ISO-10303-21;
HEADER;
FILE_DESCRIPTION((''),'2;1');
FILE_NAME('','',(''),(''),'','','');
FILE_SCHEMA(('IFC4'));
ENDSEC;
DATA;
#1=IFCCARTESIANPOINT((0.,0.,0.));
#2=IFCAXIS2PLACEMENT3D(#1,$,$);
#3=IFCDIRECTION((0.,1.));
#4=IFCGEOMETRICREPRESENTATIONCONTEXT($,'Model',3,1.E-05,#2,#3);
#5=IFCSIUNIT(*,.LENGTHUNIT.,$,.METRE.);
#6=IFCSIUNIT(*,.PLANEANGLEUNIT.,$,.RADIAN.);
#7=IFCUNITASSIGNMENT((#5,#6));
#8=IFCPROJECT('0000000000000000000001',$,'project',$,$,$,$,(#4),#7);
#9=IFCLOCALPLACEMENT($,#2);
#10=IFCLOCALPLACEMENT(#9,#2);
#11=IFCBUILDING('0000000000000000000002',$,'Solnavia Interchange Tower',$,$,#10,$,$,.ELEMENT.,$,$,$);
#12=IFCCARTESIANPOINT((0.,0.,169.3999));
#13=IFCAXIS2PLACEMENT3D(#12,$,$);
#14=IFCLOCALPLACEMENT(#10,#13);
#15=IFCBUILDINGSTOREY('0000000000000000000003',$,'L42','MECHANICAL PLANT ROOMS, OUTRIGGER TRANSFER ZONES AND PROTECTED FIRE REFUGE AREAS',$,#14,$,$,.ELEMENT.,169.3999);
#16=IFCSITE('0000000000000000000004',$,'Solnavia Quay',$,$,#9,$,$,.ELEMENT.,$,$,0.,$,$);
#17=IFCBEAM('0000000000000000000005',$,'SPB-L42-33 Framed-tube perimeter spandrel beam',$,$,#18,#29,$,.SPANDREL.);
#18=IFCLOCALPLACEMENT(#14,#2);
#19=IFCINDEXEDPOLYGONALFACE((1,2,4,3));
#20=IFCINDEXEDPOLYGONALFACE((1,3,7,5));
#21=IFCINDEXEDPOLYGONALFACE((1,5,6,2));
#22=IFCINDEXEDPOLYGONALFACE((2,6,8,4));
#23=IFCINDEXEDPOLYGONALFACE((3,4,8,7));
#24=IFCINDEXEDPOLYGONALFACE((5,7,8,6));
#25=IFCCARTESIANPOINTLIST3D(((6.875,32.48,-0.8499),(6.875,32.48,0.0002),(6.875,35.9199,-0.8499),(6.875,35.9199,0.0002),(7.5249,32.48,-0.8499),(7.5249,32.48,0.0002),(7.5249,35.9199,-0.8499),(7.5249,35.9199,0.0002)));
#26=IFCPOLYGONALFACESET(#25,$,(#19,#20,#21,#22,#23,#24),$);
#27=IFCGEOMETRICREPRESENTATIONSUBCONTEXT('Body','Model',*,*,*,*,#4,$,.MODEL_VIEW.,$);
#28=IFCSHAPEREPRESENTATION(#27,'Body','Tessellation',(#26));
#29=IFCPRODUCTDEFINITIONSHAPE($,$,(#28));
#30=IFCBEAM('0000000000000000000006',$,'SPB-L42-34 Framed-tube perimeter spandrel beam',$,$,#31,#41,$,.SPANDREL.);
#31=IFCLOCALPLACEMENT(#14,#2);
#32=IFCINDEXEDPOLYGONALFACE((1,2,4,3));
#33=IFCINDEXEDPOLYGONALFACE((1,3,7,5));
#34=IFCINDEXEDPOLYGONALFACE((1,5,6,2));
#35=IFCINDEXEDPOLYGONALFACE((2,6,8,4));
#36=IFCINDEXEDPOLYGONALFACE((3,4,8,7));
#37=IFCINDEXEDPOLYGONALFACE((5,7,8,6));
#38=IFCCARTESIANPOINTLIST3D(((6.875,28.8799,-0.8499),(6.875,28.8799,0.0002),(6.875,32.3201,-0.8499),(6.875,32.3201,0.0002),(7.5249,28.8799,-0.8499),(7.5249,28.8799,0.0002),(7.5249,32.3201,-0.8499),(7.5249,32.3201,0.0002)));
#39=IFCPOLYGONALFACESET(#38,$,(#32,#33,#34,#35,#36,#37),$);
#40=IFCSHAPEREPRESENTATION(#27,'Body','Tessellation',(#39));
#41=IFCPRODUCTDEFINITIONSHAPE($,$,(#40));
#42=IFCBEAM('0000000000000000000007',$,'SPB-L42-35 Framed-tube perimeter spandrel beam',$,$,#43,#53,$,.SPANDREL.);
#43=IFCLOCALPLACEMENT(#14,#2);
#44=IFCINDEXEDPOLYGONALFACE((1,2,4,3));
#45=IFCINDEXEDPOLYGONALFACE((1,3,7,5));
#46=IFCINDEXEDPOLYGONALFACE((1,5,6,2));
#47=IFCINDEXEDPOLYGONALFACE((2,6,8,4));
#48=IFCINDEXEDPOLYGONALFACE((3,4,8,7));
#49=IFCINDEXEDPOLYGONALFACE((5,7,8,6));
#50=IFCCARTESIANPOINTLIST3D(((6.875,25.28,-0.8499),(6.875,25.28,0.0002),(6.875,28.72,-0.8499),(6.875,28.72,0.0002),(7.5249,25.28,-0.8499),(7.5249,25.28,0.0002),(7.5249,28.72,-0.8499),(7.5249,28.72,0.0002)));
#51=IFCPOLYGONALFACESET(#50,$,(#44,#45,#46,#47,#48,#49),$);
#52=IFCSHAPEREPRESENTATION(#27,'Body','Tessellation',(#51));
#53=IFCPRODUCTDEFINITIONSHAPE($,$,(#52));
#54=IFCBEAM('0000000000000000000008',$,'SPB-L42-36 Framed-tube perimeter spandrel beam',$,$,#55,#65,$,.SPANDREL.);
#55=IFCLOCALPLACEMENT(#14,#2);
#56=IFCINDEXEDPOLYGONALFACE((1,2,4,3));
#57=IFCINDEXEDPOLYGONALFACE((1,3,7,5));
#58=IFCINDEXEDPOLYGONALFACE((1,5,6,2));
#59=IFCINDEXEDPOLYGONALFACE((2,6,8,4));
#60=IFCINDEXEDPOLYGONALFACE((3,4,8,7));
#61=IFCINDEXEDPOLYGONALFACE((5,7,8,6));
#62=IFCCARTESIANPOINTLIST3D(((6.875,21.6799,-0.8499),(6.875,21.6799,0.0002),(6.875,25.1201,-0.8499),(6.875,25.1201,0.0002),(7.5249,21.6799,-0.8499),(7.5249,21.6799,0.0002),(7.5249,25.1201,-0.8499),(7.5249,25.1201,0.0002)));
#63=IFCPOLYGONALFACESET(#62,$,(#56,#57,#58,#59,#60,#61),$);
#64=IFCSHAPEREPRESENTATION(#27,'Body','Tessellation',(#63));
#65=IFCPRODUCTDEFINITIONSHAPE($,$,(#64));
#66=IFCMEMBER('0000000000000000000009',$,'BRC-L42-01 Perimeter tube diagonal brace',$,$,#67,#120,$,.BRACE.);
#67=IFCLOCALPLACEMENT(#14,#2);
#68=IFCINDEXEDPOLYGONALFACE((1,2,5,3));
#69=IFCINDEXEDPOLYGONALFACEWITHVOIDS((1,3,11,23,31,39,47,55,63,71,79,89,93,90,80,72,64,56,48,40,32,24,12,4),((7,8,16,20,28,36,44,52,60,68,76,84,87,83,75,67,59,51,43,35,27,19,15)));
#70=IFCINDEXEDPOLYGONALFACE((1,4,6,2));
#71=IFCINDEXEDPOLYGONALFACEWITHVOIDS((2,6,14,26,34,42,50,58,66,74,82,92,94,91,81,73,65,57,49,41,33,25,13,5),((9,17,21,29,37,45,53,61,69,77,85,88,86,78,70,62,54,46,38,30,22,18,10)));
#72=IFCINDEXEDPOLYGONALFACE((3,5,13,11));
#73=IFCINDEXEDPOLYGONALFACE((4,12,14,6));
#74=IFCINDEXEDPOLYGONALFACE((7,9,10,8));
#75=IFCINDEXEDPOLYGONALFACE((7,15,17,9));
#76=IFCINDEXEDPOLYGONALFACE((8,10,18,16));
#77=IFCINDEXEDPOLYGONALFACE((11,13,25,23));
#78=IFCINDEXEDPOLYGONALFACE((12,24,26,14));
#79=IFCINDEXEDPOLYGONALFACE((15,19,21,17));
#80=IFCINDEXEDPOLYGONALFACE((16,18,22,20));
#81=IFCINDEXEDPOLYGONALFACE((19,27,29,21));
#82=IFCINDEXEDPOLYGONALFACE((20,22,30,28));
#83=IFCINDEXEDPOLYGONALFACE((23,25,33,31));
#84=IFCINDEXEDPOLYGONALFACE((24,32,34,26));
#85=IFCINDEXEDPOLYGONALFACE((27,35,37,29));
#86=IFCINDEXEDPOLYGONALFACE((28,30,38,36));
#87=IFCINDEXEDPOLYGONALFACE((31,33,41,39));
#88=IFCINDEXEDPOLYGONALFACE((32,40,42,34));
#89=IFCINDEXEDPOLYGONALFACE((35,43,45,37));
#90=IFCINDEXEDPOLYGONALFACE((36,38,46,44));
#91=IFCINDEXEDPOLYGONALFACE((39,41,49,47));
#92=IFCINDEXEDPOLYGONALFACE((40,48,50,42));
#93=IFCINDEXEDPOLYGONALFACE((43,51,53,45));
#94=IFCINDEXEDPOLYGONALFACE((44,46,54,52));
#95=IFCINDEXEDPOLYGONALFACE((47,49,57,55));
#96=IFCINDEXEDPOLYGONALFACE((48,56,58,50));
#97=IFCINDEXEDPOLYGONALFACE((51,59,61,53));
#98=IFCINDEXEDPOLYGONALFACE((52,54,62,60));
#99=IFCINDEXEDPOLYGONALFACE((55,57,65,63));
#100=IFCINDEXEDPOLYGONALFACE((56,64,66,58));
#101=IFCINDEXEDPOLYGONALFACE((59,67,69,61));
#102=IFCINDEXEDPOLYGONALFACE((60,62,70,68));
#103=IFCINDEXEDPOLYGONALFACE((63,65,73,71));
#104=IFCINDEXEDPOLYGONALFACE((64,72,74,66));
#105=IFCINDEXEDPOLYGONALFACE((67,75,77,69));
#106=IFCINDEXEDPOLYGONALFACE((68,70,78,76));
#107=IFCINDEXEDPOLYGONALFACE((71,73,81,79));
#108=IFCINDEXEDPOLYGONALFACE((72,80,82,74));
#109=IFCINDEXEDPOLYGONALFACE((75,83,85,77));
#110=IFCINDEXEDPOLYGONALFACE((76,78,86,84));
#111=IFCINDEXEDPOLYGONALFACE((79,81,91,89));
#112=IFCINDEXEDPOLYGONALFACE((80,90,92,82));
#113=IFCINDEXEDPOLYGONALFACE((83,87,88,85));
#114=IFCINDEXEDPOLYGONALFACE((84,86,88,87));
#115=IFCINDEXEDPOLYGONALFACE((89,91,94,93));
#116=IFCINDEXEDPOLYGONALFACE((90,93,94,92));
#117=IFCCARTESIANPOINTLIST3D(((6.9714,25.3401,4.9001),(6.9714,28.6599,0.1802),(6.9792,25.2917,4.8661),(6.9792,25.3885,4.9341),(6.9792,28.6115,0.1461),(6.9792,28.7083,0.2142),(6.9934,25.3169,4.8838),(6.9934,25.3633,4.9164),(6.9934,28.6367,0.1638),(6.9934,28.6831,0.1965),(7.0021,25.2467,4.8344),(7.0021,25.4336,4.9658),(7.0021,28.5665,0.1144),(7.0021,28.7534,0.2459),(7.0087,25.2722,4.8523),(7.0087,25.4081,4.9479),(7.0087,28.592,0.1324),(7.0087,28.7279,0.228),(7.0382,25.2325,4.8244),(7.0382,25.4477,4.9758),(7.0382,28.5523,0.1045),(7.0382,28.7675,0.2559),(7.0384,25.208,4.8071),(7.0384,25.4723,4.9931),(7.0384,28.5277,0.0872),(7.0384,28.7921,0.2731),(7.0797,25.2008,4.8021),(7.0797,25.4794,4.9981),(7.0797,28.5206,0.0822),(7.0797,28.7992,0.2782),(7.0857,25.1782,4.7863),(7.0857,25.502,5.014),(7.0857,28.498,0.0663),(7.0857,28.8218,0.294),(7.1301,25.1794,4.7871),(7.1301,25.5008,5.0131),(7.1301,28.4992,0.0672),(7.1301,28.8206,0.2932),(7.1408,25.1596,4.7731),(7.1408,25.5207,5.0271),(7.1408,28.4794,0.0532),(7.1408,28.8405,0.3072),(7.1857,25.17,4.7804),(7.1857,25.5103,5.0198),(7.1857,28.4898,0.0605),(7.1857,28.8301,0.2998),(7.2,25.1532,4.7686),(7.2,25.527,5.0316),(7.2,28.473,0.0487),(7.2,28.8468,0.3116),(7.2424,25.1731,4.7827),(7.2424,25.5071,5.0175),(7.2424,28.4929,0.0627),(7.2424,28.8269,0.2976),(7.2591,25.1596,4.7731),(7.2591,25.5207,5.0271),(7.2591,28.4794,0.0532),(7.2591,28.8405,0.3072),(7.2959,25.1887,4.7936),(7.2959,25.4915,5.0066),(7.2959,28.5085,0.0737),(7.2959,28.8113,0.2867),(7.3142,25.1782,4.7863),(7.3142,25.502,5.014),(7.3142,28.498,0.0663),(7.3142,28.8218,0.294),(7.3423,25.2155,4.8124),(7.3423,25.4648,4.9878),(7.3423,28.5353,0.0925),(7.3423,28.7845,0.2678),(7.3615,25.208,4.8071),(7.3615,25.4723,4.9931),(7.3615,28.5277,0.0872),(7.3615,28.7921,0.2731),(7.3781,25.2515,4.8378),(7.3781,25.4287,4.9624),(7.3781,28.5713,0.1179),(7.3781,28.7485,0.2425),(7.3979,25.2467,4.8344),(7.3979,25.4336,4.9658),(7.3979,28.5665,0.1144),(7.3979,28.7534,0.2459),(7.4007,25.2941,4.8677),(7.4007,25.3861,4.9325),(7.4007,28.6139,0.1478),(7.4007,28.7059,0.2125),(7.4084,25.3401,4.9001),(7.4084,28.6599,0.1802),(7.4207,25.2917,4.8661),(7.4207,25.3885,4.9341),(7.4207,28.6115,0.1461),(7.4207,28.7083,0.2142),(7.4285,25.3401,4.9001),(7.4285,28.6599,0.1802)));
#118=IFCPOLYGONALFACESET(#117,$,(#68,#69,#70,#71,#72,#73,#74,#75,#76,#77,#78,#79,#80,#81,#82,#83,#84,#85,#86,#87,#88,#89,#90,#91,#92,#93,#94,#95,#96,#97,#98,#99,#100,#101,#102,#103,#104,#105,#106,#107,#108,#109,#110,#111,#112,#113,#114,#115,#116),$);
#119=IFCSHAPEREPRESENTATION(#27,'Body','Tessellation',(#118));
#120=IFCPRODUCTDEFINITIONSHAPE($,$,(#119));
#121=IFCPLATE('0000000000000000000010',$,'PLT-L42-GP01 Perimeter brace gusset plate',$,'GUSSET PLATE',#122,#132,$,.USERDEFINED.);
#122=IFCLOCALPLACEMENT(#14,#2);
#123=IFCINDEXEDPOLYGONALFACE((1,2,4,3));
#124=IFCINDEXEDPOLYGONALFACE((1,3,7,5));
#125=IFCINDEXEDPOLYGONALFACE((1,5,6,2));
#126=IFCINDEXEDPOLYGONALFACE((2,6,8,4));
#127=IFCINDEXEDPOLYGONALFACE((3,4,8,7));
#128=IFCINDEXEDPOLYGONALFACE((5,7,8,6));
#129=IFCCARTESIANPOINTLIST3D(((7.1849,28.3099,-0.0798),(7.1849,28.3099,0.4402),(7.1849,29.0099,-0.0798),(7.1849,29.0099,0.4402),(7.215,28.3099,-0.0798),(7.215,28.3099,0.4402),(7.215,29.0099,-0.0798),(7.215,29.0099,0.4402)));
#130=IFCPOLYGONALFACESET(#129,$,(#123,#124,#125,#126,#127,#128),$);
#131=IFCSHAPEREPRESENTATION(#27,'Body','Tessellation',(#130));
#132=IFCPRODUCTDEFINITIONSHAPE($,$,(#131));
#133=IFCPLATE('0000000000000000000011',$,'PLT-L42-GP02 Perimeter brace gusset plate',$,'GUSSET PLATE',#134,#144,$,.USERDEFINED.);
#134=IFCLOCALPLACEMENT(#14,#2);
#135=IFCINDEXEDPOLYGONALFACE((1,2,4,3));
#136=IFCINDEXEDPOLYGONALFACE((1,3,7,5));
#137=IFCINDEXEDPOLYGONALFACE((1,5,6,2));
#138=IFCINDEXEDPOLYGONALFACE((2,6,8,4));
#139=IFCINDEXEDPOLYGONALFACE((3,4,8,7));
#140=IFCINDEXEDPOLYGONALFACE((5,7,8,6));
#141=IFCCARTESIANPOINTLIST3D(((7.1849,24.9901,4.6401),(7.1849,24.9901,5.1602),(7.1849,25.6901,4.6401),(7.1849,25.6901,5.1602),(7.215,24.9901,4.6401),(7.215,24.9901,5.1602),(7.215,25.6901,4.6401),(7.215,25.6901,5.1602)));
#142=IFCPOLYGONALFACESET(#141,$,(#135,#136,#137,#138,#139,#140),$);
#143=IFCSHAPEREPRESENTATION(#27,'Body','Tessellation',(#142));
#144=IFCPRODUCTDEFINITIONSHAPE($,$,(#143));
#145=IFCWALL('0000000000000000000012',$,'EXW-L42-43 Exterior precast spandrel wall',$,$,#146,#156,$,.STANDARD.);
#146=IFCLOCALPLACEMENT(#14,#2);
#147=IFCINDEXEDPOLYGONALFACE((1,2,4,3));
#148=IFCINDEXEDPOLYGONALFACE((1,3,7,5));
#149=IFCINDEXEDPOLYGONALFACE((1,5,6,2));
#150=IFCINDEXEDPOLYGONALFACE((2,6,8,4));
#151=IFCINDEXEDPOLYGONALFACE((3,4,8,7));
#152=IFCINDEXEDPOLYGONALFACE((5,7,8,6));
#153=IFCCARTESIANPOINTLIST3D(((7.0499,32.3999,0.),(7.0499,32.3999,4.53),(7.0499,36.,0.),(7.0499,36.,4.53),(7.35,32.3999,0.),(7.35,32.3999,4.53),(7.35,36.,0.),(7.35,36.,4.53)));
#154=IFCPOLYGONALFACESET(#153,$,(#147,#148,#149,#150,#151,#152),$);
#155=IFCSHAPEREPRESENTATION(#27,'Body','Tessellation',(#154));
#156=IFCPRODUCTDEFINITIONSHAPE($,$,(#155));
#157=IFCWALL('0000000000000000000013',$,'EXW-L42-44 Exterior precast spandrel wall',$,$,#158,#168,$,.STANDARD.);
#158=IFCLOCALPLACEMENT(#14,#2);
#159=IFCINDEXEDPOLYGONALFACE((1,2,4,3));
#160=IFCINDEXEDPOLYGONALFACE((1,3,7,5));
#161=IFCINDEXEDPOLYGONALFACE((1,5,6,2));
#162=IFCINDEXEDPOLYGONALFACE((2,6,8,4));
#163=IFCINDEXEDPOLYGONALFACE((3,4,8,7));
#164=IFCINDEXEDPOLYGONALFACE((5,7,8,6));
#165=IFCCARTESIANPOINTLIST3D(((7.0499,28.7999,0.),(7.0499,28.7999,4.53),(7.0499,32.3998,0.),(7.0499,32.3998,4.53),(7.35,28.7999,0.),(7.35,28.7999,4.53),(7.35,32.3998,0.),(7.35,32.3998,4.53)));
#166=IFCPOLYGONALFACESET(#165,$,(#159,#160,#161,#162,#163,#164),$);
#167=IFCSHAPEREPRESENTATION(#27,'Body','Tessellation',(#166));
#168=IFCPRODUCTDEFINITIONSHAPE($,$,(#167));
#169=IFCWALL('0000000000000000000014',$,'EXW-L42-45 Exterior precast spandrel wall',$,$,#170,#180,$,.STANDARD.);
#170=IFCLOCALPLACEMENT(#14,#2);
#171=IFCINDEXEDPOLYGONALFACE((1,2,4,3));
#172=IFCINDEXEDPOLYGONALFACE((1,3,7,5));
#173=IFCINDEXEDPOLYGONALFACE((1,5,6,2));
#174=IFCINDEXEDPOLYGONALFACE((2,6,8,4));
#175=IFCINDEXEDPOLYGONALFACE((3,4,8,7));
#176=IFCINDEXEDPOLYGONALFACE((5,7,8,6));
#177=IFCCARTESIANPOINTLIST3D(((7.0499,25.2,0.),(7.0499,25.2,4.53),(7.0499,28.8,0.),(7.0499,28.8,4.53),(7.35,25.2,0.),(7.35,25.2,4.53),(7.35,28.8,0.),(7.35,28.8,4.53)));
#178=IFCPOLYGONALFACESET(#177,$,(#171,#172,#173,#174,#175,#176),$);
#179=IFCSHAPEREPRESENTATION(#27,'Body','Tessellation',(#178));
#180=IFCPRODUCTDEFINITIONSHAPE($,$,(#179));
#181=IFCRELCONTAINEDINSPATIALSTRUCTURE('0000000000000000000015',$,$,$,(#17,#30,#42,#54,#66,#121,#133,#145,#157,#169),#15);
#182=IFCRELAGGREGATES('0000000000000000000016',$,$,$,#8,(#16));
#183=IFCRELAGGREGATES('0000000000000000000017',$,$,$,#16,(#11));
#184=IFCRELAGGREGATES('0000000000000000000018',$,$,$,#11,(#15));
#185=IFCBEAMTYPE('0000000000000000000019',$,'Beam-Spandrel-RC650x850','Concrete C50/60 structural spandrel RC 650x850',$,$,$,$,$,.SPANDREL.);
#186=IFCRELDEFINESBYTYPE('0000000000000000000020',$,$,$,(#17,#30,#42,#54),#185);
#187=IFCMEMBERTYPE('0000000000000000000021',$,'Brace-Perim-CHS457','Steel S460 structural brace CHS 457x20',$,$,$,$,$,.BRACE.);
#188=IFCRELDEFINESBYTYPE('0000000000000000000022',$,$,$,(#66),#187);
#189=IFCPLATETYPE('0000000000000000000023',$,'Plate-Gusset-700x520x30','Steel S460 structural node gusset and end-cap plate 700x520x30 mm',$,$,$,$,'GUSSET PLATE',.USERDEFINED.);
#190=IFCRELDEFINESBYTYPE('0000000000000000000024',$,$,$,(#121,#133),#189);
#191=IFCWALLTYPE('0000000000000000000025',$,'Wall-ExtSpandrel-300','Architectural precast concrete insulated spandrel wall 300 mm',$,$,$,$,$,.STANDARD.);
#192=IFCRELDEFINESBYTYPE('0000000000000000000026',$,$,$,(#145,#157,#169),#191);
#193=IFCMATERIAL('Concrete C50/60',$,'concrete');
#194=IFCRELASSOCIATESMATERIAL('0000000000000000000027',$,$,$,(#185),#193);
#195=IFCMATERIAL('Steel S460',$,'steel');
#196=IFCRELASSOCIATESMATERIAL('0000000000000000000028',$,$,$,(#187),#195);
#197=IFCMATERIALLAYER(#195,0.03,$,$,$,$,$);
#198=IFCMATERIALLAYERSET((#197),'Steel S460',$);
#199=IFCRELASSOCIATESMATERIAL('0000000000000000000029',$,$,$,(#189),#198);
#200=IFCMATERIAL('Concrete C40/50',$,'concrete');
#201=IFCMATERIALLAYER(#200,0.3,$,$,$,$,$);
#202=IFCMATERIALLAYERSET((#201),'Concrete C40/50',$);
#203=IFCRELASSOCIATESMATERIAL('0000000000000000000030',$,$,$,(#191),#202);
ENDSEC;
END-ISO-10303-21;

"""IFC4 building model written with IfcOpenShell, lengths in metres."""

from ifc_helpers import new_model, si_unit, direction, frame, frame_2d, origin, origin_2d, place, context, subcontext, project, spatial, rectangle, hollow_circle, extrude, material, layer, layer_set, material_profile, profile_set, type_object, element, save


model = new_model("IFC4")

# Units and contexts
model_context = context("Model", 3, precision=1e-05, world=origin(), true_north=direction((0.0, 1.0)))
body_context = subcontext(model_context, "Body", "Model", "MODEL_VIEW")
ifc_project = project(units=[si_unit("LENGTHUNIT", "METRE"), si_unit("PLANEANGLEUNIT", "RADIAN")], contexts=[model_context])

# Site, building, storey
site_placement = place(None, origin())
site = spatial("IfcSite", under=ifc_project, at=site_placement, Name="Solnavia Quay", CompositionType="ELEMENT", RefElevation=0.0)
building_placement = place(site_placement, origin())
building = spatial("IfcBuilding", under=site, at=building_placement, Name="Solnavia Interchange Tower", CompositionType="ELEMENT")
storey_placement = place(building_placement, frame((0.0, 0.0, 169.3999)))
storey = spatial("IfcBuildingStorey", under=building, at=storey_placement, Name="L42", Description="MECHANICAL PLANT ROOMS, OUTRIGGER TRANSFER ZONES AND PROTECTED FIRE REFUGE AREAS", CompositionType="ELEMENT", Elevation=169.3999)

# Shared definitions
ifc_material_1 = material(Name="Concrete C50/60", Category="concrete")

# Beams
ifc_material_2 = material(Name="Steel S460", Category="steel")
ifc_material_profile_1 = material_profile(ifc_material_1, rectangle(XDim=0.6499, YDim=0.8501, at=origin_2d()), Name="RC 650x850")
ifc_profile_set_1 = profile_set([ifc_material_profile_1], Name="Concrete C50/60")
beam_type_1 = type_object("IfcBeamType", Name="Beam-Spandrel-RC650x850", Description="Concrete C50/60 structural spandrel RC 650x850", PredefinedType="SPANDREL", material=ifc_profile_set_1)
beam_1_placement = place(storey_placement, frame((7.2, 35.9199, -0.4248), z_axis=(0.0, -1.0, 0.0), x_axis=(1.0, 0.0, 0.0)))
element("IfcBeam", 1, at=beam_1_placement, inside=storey, type_object=beam_type_1, Name="SPB-L42-33 Framed-tube perimeter spandrel beam", PredefinedType="SPANDREL", context=body_context, shape_type="SweptSolid", body=[
    extrude(rectangle(XDim=0.6499, YDim=0.8501, at=origin_2d()), origin(), (0.0, 0.0, 1.0), 3.4399),
])
beam_2_placement = place(storey_placement, frame((7.2, 32.3201, -0.4248), z_axis=(0.0, -1.0, 0.0), x_axis=(1.0, 0.0, 0.0)))
element("IfcBeam", 2, at=beam_2_placement, inside=storey, type_object=beam_type_1, Name="SPB-L42-34 Framed-tube perimeter spandrel beam", PredefinedType="SPANDREL", context=body_context, shape_type="SweptSolid", body=[
    extrude(rectangle(XDim=0.6499, YDim=0.8501, at=origin_2d()), origin(), (0.0, 0.0, 1.0), 3.4402),
])
beam_3_placement = place(storey_placement, frame((7.2, 28.72, -0.4248), z_axis=(0.0, -1.0, 0.0), x_axis=(1.0, 0.0, 0.0)))
element("IfcBeam", 3, at=beam_3_placement, inside=storey, type_object=beam_type_1, Name="SPB-L42-35 Framed-tube perimeter spandrel beam", PredefinedType="SPANDREL", context=body_context, shape_type="SweptSolid", body=[
    extrude(rectangle(XDim=0.6499, YDim=0.8501, at=origin_2d()), origin(), (0.0, 0.0, 1.0), 3.4399),
])
beam_4_placement = place(storey_placement, frame((7.2, 25.1201, -0.4248), z_axis=(0.0, -1.0, 0.0), x_axis=(1.0, 0.0, 0.0)))
element("IfcBeam", 4, at=beam_4_placement, inside=storey, type_object=beam_type_1, Name="SPB-L42-36 Framed-tube perimeter spandrel beam", PredefinedType="SPANDREL", context=body_context, shape_type="SweptSolid", body=[
    extrude(rectangle(XDim=0.6499, YDim=0.8501, at=origin_2d()), origin(), (0.0, 0.0, 1.0), 3.4402),
])

# Member
ifc_material_profile_2 = material_profile(ifc_material_2, hollow_circle(Radius=0.2285, WallThickness=0.02, at=origin_2d()), Name="CHS 457x20")
ifc_profile_set_2 = profile_set([ifc_material_profile_2], Name="Steel S460")
member_type = type_object("IfcMemberType", Name="Brace-Perim-CHS457", Description="Steel S460 structural brace CHS 457x20", PredefinedType="BRACE", material=ifc_profile_set_2)
member_placement = place(storey_placement, frame((7.2, 28.6599, 0.1802), z_axis=(0.0, -0.575304, 0.81794), x_axis=(1.0, 0.0, 0.0)))
element("IfcMember", 5, at=member_placement, inside=storey, type_object=member_type, Name="BRC-L42-01 Perimeter tube diagonal brace", PredefinedType="BRACE", context=body_context, shape_type="SweptSolid", body=[
    extrude(hollow_circle(Radius=0.2285, WallThickness=0.02, at=origin_2d()), origin(), (0.0, 0.0, 1.0), 5.7705),
])

# Plates
ifc_layer_1 = layer(ifc_material_2, 0.03)
ifc_layer_set_1 = layer_set([ifc_layer_1], Name="Steel S460")
plate_type = type_object("IfcPlateType", Name="Plate-Gusset-700x520x30", Description="Steel S460 structural node gusset and end-cap plate 700x520x30 mm", ElementType="GUSSET PLATE", PredefinedType="USERDEFINED", material=ifc_layer_set_1)
for number, where, z_axis, x_axis, name in (
    (6, (7.2, 28.6599, -0.0798), (0.0, 0.0, 1.0), (0.0, -1.0, 0.0), "PLT-L42-GP01 Perimeter brace gusset plate"),
    (7, (7.2, 25.3401, 4.6401), (0.0, 0.0, 1.0), (0.0, -1.0, 0.0), "PLT-L42-GP02 Perimeter brace gusset plate"),
):
    element("IfcPlate", number, at=place(storey_placement, frame(where, z_axis=z_axis, x_axis=x_axis)), inside=storey, type_object=plate_type, Name=name, ObjectType="GUSSET PLATE", PredefinedType="USERDEFINED", context=body_context, shape_type="SweptSolid", body=[
        extrude(rectangle(XDim=0.7, YDim=0.03, at=origin_2d()), origin(), (0.0, 0.0, 1.0), 0.52),
    ])

# Walls
ifc_material_3 = material(Name="Concrete C40/50", Category="concrete")
ifc_layer_2 = layer(ifc_material_3, 0.3)
ifc_layer_set_2 = layer_set([ifc_layer_2], Name="Concrete C40/50")
wall_type_1 = type_object("IfcWallType", Name="Wall-ExtSpandrel-300", Description="Architectural precast concrete insulated spandrel wall 300 mm", PredefinedType="STANDARD", material=ifc_layer_set_2)
wall_1_placement = place(storey_placement, frame((7.2, 32.3999, 0.0), z_axis=(0.0, 0.0, 1.0), x_axis=(0.0, 1.0, 0.0)))
element("IfcWall", 8, at=wall_1_placement, inside=storey, type_object=wall_type_1, Name="EXW-L42-43 Exterior precast spandrel wall", PredefinedType="STANDARD", context=body_context, shape_type="SweptSolid", body=[
    extrude(rectangle(XDim=3.6001, YDim=0.3, at=frame_2d((1.8, 0.0))), origin(), (0.0, 0.0, 1.0), 4.53),
])
wall_2_placement = place(storey_placement, frame((7.2, 28.8, 0.0), z_axis=(0.0, 0.0, 1.0), x_axis=(0.0, 1.0, 0.0)))
element("IfcWall", 9, at=wall_2_placement, inside=storey, type_object=wall_type_1, Name="EXW-L42-44 Exterior precast spandrel wall", PredefinedType="STANDARD", context=body_context, shape_type="SweptSolid", body=[
    extrude(rectangle(XDim=3.5999, YDim=0.3, at=frame_2d((1.7998, 0.0))), origin(), (0.0, 0.0, 1.0), 4.53),
])
wall_3_placement = place(storey_placement, frame((7.2, 25.2, 0.0), z_axis=(0.0, 0.0, 1.0), x_axis=(0.0, 1.0, 0.0)))
element("IfcWall", 10, at=wall_3_placement, inside=storey, type_object=wall_type_1, Name="EXW-L42-45 Exterior precast spandrel wall", PredefinedType="STANDARD", context=body_context, shape_type="SweptSolid", body=[
    extrude(rectangle(XDim=3.6001, YDim=0.3, at=frame_2d((1.8, 0.0))), origin(), (0.0, 0.0, 1.0), 4.53),
])

save(model, "model.ifc")
